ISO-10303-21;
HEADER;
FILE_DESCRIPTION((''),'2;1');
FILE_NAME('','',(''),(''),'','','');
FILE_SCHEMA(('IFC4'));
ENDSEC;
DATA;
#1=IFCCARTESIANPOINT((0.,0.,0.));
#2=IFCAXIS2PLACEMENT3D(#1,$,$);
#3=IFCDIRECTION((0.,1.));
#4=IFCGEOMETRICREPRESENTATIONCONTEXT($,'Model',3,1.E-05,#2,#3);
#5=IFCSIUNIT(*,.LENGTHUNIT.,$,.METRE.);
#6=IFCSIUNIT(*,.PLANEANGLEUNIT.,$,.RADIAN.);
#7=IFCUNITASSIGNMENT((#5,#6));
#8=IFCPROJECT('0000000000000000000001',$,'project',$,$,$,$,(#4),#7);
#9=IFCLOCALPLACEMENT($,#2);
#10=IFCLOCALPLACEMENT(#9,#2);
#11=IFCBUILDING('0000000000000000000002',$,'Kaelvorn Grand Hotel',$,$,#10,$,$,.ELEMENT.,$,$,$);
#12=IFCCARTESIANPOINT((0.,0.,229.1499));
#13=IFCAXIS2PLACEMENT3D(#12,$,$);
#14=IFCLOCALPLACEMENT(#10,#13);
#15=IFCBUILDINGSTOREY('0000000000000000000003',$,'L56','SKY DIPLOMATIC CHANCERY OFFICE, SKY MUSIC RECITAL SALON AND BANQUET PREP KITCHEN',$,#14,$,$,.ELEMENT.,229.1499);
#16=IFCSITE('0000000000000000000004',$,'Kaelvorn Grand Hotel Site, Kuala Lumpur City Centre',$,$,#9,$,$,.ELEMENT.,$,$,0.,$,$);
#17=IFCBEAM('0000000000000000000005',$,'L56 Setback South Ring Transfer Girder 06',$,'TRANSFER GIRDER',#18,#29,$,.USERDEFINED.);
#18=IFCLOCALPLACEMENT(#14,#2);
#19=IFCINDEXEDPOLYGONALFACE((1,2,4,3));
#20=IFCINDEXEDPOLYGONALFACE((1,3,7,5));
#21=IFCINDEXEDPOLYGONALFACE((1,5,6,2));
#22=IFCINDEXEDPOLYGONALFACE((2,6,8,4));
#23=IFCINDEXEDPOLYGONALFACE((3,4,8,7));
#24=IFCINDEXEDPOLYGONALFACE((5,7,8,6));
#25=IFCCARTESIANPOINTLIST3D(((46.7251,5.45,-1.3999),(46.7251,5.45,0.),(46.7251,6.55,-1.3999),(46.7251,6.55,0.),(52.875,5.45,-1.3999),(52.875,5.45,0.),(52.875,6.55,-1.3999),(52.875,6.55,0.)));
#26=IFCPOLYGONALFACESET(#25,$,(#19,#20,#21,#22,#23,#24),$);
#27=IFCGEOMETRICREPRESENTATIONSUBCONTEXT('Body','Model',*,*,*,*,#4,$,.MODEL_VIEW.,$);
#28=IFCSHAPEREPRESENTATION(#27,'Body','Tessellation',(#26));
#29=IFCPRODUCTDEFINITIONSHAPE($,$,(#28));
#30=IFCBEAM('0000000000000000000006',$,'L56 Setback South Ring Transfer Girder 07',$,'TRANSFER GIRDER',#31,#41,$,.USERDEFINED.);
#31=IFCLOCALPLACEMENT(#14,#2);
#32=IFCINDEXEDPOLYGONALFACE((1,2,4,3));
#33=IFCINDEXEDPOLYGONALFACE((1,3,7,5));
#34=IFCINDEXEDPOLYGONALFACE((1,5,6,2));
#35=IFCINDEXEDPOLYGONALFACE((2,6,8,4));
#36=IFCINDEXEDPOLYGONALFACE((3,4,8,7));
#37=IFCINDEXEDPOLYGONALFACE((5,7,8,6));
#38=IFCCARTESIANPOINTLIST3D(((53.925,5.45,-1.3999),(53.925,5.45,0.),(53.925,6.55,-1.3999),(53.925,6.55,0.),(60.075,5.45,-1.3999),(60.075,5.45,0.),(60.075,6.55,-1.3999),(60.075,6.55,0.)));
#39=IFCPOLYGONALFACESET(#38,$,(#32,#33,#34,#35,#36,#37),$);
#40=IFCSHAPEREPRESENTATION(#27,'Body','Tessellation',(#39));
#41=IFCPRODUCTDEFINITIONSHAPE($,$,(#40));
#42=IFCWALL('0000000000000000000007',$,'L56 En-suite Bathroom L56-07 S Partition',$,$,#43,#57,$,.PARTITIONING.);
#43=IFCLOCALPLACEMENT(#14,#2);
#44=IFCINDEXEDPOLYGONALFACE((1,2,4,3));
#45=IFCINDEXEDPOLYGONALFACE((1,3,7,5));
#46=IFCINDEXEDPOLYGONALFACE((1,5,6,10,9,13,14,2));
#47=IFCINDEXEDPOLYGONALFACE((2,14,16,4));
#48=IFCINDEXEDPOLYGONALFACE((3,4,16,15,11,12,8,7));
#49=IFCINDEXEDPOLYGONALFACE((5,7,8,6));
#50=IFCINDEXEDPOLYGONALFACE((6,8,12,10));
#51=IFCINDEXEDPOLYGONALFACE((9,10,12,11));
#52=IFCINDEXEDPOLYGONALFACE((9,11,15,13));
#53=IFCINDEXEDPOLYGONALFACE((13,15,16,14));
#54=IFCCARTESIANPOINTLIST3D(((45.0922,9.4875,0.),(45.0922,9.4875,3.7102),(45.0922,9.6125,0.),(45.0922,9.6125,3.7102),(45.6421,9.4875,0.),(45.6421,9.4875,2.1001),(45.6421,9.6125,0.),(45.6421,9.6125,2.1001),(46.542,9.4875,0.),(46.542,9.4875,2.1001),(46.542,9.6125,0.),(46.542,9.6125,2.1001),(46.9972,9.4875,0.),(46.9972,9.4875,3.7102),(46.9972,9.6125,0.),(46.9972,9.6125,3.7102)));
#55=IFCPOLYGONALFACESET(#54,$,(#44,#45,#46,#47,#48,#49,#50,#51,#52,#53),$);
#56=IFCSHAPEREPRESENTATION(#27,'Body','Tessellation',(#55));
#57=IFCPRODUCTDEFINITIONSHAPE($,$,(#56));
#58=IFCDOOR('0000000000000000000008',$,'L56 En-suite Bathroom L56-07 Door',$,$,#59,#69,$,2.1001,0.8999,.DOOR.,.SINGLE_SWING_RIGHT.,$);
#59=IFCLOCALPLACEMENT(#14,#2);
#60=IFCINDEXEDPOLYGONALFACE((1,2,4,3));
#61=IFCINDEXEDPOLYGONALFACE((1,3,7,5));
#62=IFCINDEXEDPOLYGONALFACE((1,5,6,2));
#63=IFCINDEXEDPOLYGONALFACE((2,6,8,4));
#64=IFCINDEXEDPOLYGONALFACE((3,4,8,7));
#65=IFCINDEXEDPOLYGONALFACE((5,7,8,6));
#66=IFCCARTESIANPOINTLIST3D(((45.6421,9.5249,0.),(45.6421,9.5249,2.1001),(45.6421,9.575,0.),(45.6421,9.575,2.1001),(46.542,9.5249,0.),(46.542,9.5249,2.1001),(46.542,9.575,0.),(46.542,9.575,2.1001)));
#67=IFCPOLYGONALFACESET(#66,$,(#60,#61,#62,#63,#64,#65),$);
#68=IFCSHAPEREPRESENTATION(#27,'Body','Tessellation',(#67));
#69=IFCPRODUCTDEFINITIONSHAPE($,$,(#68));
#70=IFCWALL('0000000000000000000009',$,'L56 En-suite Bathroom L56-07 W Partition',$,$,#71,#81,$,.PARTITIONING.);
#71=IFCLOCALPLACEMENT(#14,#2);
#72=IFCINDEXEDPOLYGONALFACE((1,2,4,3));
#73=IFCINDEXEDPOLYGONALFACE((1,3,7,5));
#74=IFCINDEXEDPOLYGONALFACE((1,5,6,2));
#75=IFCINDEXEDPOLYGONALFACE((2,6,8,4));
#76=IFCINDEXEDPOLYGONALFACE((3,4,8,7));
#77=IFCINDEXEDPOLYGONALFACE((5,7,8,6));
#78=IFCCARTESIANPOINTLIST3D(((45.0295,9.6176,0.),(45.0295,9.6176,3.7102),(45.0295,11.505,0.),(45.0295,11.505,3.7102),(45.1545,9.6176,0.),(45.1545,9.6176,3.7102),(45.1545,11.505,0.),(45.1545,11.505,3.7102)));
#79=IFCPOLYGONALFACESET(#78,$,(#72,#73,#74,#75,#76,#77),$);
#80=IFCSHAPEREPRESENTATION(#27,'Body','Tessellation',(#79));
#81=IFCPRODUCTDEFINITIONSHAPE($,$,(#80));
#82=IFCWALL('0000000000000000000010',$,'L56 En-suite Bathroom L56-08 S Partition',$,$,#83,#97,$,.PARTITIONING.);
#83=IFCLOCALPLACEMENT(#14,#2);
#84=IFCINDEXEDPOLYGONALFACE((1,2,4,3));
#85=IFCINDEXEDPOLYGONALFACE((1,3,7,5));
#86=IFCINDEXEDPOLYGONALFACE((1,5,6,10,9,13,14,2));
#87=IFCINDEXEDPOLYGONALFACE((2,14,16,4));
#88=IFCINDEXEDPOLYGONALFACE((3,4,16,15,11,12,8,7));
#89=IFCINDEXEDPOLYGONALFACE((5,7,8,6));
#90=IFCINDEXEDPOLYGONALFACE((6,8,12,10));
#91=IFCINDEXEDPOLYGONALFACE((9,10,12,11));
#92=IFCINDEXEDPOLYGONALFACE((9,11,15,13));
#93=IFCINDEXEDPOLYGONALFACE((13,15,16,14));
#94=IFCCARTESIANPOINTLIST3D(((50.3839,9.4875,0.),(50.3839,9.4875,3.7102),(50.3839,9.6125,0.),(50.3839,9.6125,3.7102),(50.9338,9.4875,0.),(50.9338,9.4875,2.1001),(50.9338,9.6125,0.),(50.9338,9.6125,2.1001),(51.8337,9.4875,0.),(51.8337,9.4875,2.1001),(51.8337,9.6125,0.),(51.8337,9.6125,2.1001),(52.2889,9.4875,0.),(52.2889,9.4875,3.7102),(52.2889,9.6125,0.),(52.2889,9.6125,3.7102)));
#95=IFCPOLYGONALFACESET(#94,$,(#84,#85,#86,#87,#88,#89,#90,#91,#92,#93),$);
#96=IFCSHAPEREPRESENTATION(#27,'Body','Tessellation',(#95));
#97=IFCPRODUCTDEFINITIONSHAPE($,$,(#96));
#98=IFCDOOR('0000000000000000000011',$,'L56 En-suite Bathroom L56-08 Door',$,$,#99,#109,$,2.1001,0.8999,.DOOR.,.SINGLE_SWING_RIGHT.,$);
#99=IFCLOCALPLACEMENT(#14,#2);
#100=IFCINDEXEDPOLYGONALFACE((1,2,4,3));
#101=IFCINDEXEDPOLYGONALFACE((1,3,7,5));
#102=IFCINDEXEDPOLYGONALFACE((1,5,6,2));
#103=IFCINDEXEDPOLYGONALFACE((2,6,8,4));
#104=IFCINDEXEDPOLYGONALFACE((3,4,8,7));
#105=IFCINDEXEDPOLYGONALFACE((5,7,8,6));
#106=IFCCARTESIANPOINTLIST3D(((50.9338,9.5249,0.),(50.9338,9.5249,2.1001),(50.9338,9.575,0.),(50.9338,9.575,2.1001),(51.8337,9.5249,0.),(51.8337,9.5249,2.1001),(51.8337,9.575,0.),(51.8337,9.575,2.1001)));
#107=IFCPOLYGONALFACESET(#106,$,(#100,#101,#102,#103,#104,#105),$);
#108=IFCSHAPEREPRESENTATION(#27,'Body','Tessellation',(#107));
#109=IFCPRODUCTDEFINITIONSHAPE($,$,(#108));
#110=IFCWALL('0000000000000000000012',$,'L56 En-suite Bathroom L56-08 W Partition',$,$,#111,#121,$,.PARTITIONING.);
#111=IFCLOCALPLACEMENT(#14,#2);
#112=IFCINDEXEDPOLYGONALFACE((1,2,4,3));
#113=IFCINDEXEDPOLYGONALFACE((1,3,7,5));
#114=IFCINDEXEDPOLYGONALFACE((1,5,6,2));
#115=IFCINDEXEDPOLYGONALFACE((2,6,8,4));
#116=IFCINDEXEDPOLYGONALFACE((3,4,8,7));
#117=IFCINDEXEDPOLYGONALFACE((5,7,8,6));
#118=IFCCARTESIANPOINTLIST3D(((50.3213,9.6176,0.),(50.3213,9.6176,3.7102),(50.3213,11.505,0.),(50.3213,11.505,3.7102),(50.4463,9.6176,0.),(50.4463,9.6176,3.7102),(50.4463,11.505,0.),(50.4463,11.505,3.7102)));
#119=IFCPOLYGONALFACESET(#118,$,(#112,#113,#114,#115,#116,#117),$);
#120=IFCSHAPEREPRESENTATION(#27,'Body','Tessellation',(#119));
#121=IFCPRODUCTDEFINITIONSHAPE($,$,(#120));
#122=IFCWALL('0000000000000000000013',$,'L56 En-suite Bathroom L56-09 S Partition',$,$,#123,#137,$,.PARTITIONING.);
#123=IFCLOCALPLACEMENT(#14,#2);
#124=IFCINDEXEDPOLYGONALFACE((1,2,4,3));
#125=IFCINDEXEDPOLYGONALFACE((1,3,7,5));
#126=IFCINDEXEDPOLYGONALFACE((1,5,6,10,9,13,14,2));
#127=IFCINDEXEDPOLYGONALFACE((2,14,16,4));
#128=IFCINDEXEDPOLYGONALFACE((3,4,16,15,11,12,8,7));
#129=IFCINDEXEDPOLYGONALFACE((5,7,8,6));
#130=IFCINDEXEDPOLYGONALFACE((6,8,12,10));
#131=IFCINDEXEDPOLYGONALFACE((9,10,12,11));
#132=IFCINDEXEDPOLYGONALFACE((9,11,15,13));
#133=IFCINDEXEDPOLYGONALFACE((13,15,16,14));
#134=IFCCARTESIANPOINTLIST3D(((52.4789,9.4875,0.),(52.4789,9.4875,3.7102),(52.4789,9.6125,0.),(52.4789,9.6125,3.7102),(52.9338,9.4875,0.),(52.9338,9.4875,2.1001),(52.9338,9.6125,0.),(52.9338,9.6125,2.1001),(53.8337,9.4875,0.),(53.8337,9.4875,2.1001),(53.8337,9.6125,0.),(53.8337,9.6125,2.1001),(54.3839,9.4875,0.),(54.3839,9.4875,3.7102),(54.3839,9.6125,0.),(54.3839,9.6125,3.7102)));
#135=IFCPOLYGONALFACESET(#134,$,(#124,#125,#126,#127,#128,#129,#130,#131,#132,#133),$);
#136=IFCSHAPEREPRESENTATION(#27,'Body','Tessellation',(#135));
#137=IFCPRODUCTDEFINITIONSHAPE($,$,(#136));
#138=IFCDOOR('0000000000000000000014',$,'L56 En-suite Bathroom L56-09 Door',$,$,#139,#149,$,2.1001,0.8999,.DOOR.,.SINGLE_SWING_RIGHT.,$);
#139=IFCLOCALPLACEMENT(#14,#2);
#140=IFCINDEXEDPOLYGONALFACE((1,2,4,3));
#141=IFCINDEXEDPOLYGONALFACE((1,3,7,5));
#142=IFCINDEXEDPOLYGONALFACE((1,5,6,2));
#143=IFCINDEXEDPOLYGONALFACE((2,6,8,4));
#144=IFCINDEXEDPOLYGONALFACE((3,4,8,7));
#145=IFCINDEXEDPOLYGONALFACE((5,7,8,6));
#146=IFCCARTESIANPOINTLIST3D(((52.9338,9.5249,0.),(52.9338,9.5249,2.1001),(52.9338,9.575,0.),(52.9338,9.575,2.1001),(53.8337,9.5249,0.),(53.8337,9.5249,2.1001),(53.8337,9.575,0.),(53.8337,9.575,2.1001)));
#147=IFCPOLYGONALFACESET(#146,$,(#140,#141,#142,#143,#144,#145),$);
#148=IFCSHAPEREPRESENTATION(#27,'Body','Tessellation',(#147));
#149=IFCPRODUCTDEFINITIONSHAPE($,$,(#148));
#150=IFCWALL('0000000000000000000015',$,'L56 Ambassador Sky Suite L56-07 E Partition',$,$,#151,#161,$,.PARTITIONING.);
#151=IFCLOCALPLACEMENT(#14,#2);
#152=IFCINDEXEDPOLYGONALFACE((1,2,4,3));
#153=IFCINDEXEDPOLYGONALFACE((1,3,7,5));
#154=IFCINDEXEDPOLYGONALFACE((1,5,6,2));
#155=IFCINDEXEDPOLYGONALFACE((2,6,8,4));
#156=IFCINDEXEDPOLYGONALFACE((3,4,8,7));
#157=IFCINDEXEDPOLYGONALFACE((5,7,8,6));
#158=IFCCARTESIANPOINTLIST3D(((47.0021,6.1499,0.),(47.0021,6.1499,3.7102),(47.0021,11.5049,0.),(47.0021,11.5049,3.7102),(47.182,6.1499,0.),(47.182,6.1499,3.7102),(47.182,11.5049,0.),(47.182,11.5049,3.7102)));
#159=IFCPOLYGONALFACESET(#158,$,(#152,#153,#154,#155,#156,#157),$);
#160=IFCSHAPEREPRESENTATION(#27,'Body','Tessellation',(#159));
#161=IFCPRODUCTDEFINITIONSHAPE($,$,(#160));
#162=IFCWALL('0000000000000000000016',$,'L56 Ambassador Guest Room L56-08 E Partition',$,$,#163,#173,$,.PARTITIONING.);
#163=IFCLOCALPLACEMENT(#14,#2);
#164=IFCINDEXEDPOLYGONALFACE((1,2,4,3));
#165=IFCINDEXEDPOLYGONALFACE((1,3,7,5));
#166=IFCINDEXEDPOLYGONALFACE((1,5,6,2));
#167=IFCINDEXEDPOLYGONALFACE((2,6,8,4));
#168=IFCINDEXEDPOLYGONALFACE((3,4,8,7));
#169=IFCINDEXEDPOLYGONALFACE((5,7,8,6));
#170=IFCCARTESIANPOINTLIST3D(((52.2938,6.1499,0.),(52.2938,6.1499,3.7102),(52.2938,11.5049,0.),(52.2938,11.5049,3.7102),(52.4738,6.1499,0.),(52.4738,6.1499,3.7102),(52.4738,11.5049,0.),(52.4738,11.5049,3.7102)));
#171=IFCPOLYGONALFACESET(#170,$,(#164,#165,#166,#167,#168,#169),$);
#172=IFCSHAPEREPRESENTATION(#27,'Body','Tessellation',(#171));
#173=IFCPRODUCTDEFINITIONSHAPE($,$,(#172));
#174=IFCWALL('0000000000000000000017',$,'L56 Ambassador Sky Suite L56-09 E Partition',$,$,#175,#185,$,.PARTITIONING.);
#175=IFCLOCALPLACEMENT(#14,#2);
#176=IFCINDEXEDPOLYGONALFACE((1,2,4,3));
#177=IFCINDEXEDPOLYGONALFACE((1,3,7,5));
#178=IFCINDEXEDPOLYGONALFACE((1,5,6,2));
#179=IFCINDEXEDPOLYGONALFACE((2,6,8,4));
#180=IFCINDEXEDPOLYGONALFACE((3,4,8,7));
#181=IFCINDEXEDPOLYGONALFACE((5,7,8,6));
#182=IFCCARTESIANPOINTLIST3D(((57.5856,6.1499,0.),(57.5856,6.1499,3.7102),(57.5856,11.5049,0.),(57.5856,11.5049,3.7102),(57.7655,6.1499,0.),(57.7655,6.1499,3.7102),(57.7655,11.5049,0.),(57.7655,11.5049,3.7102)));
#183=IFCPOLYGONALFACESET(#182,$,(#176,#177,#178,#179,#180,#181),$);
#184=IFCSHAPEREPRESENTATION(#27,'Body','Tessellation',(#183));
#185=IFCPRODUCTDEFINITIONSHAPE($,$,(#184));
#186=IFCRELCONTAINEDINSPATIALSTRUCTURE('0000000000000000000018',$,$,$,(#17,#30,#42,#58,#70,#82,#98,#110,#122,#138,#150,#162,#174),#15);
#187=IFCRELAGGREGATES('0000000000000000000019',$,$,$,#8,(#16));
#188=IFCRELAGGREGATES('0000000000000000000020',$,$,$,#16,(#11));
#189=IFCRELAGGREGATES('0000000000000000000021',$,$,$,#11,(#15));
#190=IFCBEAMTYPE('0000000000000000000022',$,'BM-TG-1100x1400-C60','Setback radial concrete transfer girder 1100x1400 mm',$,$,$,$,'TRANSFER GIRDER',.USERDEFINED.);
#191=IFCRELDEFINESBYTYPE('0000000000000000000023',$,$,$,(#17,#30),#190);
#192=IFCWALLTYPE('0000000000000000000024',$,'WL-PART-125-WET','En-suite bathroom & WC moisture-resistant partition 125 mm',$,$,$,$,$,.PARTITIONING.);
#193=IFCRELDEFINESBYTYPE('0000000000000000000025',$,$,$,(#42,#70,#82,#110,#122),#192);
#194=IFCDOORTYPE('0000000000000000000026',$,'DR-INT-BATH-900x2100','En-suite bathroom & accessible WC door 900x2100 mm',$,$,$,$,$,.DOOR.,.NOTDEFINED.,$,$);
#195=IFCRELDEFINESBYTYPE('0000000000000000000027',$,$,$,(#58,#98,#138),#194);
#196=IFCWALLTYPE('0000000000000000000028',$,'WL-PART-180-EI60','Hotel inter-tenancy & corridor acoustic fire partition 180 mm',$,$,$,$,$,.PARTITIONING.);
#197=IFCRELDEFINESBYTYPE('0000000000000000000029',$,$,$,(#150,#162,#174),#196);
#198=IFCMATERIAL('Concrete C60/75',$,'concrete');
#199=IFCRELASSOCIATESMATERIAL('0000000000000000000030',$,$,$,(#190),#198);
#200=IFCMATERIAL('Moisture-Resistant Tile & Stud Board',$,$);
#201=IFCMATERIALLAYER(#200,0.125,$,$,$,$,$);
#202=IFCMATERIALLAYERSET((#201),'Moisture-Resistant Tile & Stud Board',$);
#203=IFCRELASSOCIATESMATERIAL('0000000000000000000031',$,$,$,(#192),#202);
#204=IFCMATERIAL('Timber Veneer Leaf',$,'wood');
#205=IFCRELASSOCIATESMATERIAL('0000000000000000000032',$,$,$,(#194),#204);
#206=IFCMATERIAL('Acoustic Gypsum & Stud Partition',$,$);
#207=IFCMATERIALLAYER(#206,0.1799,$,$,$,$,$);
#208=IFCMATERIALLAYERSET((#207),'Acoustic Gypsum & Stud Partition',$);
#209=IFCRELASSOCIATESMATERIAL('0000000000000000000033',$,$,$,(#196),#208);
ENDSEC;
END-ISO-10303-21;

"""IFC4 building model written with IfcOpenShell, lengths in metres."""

from ifc_helpers import new_model, si_unit, direction, frame, frame_2d, origin, origin_2d, place, context, subcontext, project, spatial, rectangle, extrude, material, layer, layer_set, material_profile, profile_set, type_object, element, fill, save


model = new_model("IFC4")

# Units and contexts
model_context = context("Model", 3, precision=1e-05, world=origin(), true_north=direction((0.0, 1.0)))
body_context = subcontext(model_context, "Body", "Model", "MODEL_VIEW")
ifc_project = project(units=[si_unit("LENGTHUNIT", "METRE"), si_unit("PLANEANGLEUNIT", "RADIAN")], contexts=[model_context])

# Site, building, storey
site_placement = place(None, origin())
site = spatial("IfcSite", under=ifc_project, at=site_placement, Name="Kaelvorn Grand Hotel Site, Kuala Lumpur City Centre", CompositionType="ELEMENT", RefElevation=0.0)
building_placement = place(site_placement, origin())
building = spatial("IfcBuilding", under=site, at=building_placement, Name="Kaelvorn Grand Hotel", CompositionType="ELEMENT")
storey_placement = place(building_placement, frame((0.0, 0.0, 229.1499)))
storey = spatial("IfcBuildingStorey", under=building, at=storey_placement, Name="L56", Description="SKY DIPLOMATIC CHANCERY OFFICE, SKY MUSIC RECITAL SALON AND BANQUET PREP KITCHEN", CompositionType="ELEMENT", Elevation=229.1499)

# Beams
ifc_material_1 = material(Name="Concrete C60/75", Category="concrete")
ifc_material_profile_1 = material_profile(ifc_material_1, rectangle(XDim=1.1001, YDim=1.3999, at=origin_2d()), Name="RC TG 1100x1400")
ifc_profile_set_1 = profile_set([ifc_material_profile_1], Name="Concrete C60/75")
beam_type_1 = type_object("IfcBeamType", Name="BM-TG-1100x1400-C60", Description="Setback radial concrete transfer girder 1100x1400 mm", ElementType="TRANSFER GIRDER", PredefinedType="USERDEFINED", material=ifc_profile_set_1)
for number, where, z_axis, x_axis, name in (
    (1, (46.7251, 6.0, -0.7), (1.0, 0.0, 0.0), (0.0, 1.0, 0.0), "L56 Setback South Ring Transfer Girder 06"),
    (2, (53.925, 6.0, -0.7), (1.0, 0.0, 0.0), (0.0, 1.0, 0.0), "L56 Setback South Ring Transfer Girder 07"),
):
    element("IfcBeam", number, at=place(storey_placement, frame(where, z_axis=z_axis, x_axis=x_axis)), inside=storey, type_object=beam_type_1, Name=name, ObjectType="TRANSFER GIRDER", PredefinedType="USERDEFINED", context=body_context, shape_type="SweptSolid", body=[
        extrude(rectangle(XDim=1.1001, YDim=1.3999, at=origin_2d()), origin(), (0.0, 0.0, 1.0), 6.1499),
    ])

# Wall, opening, door
ifc_material_2 = material(Name="Moisture-Resistant Tile & Stud Board")
ifc_layer_1 = layer(ifc_material_2, 0.125)
ifc_layer_set_1 = layer_set([ifc_layer_1], Name="Moisture-Resistant Tile & Stud Board")
wall_type_1 = type_object("IfcWallType", Name="WL-PART-125-WET", Description="En-suite bathroom & WC moisture-resistant partition 125 mm", PredefinedType="PARTITIONING", material=ifc_layer_set_1)
wall_1_placement = place(storey_placement, frame((45.092, 9.55, 0.0), z_axis=(0.0, 0.0, 1.0), x_axis=(1.0, 0.0, 0.0)))
wall_1 = element("IfcWall", 3, at=wall_1_placement, inside=storey, type_object=wall_type_1, Name="L56 En-suite Bathroom L56-07 S Partition", PredefinedType="PARTITIONING", context=body_context, shape_type="SweptSolid", body=[
    extrude(rectangle(XDim=1.905, YDim=0.125, at=frame_2d((0.9526, 0.0))), origin(), (0.0, 0.0, 1.0), 3.7102),
])
opening_1_placement = place(wall_1_placement, frame((0.55, 0.0, 0.0)))
opening_1 = element("IfcOpeningElement", 4, at=opening_1_placement, cuts=wall_1, PredefinedType="OPENING", context=body_context, shape_type="SweptSolid", body=[
    extrude(rectangle(XDim=0.8999, YDim=2.1001, at=frame_2d((0.45, 1.05))), frame((0.0, 0.0725, 0.0), z_axis=(0.0, -1.0, 0.0), x_axis=(1.0, 0.0, 0.0)), (0.0, 0.0, 1.0), 0.145),
])
ifc_material_3 = material(Name="Timber Veneer Leaf", Category="wood")
door_type = type_object("IfcDoorType", Name="DR-INT-BATH-900x2100", Description="En-suite bathroom & accessible WC door 900x2100 mm", OperationType="NOTDEFINED", PredefinedType="DOOR", material=ifc_material_3)
door_1_placement = place(opening_1_placement, origin())
door_1 = element("IfcDoor", 5, at=door_1_placement, inside=storey, type_object=door_type, Name="L56 En-suite Bathroom L56-07 Door", OperationType="SINGLE_SWING_RIGHT", OverallHeight=2.1001, OverallWidth=0.8999, PredefinedType="DOOR", context=body_context, shape_type="SweptSolid", body=[
    extrude(rectangle(XDim=0.8999, YDim=2.1001, at=frame_2d((0.45, 1.05))), frame((0.0, 0.0249, 0.0), z_axis=(0.0, -1.0, 0.0), x_axis=(1.0, 0.0, 0.0)), (0.0, 0.0, 1.0), 0.05),
])
fill(opening_1, door_1)

# Wall
wall_2_placement = place(storey_placement, frame((45.092, 9.6174, 0.0), z_axis=(0.0, 0.0, 1.0), x_axis=(0.0, 1.0, 0.0)))
element("IfcWall", 6, at=wall_2_placement, inside=storey, type_object=wall_type_1, Name="L56 En-suite Bathroom L56-07 W Partition", PredefinedType="PARTITIONING", context=body_context, shape_type="SweptSolid", body=[
    extrude(rectangle(XDim=1.8875, YDim=0.125, at=frame_2d((0.9438, 0.0))), origin(), (0.0, 0.0, 1.0), 3.7102),
])

# Wall, opening, door
wall_3_placement = place(storey_placement, frame((50.3838, 9.55, 0.0), z_axis=(0.0, 0.0, 1.0), x_axis=(1.0, 0.0, 0.0)))
wall_3 = element("IfcWall", 7, at=wall_3_placement, inside=storey, type_object=wall_type_1, Name="L56 En-suite Bathroom L56-08 S Partition", PredefinedType="PARTITIONING", context=body_context, shape_type="SweptSolid", body=[
    extrude(rectangle(XDim=1.905, YDim=0.125, at=frame_2d((0.9526, 0.0))), origin(), (0.0, 0.0, 1.0), 3.7102),
])
opening_2_placement = place(wall_3_placement, frame((0.55, 0.0, 0.0)))
opening_2 = element("IfcOpeningElement", 8, at=opening_2_placement, cuts=wall_3, PredefinedType="OPENING", context=body_context, shape_type="SweptSolid", body=[
    extrude(rectangle(XDim=0.8999, YDim=2.1001, at=frame_2d((0.45, 1.05))), frame((0.0, 0.0725, 0.0), z_axis=(0.0, -1.0, 0.0), x_axis=(1.0, 0.0, 0.0)), (0.0, 0.0, 1.0), 0.145),
])
door_2_placement = place(opening_2_placement, origin())
door_2 = element("IfcDoor", 9, at=door_2_placement, inside=storey, type_object=door_type, Name="L56 En-suite Bathroom L56-08 Door", OperationType="SINGLE_SWING_RIGHT", OverallHeight=2.1001, OverallWidth=0.8999, PredefinedType="DOOR", context=body_context, shape_type="SweptSolid", body=[
    extrude(rectangle(XDim=0.8999, YDim=2.1001, at=frame_2d((0.45, 1.05))), frame((0.0, 0.0249, 0.0), z_axis=(0.0, -1.0, 0.0), x_axis=(1.0, 0.0, 0.0)), (0.0, 0.0, 1.0), 0.05),
])
fill(opening_2, door_2)

# Wall
wall_4_placement = place(storey_placement, frame((50.3838, 9.6174, 0.0), z_axis=(0.0, 0.0, 1.0), x_axis=(0.0, 1.0, 0.0)))
element("IfcWall", 10, at=wall_4_placement, inside=storey, type_object=wall_type_1, Name="L56 En-suite Bathroom L56-08 W Partition", PredefinedType="PARTITIONING", context=body_context, shape_type="SweptSolid", body=[
    extrude(rectangle(XDim=1.8875, YDim=0.125, at=frame_2d((0.9438, 0.0))), origin(), (0.0, 0.0, 1.0), 3.7102),
])

# Wall, opening, door
wall_5_placement = place(storey_placement, frame((52.4788, 9.55, 0.0), z_axis=(0.0, 0.0, 1.0), x_axis=(1.0, 0.0, 0.0)))
wall_5 = element("IfcWall", 11, at=wall_5_placement, inside=storey, type_object=wall_type_1, Name="L56 En-suite Bathroom L56-09 S Partition", PredefinedType="PARTITIONING", context=body_context, shape_type="SweptSolid", body=[
    extrude(rectangle(XDim=1.905, YDim=0.125, at=frame_2d((0.9526, 0.0))), origin(), (0.0, 0.0, 1.0), 3.7102),
])
opening_3_placement = place(wall_5_placement, frame((0.4551, 0.0, 0.0)))
opening_3 = element("IfcOpeningElement", 12, at=opening_3_placement, cuts=wall_5, PredefinedType="OPENING", context=body_context, shape_type="SweptSolid", body=[
    extrude(rectangle(XDim=0.8999, YDim=2.1001, at=frame_2d((0.45, 1.05))), frame((0.0, 0.0725, 0.0), z_axis=(0.0, -1.0, 0.0), x_axis=(1.0, 0.0, 0.0)), (0.0, 0.0, 1.0), 0.145),
])
door_3_placement = place(opening_3_placement, origin())
door_3 = element("IfcDoor", 13, at=door_3_placement, inside=storey, type_object=door_type, Name="L56 En-suite Bathroom L56-09 Door", OperationType="SINGLE_SWING_RIGHT", OverallHeight=2.1001, OverallWidth=0.8999, PredefinedType="DOOR", context=body_context, shape_type="SweptSolid", body=[
    extrude(rectangle(XDim=0.8999, YDim=2.1001, at=frame_2d((0.45, 1.05))), frame((0.0, 0.0249, 0.0), z_axis=(0.0, -1.0, 0.0), x_axis=(1.0, 0.0, 0.0)), (0.0, 0.0, 1.0), 0.05),
])
fill(opening_3, door_3)

# Walls
ifc_material_4 = material(Name="Acoustic Gypsum & Stud Partition")
ifc_layer_2 = layer(ifc_material_4, 0.1799)
ifc_layer_set_2 = layer_set([ifc_layer_2], Name="Acoustic Gypsum & Stud Partition")
wall_type_2 = type_object("IfcWallType", Name="WL-PART-180-EI60", Description="Hotel inter-tenancy & corridor acoustic fire partition 180 mm", PredefinedType="PARTITIONING", material=ifc_layer_set_2)
for number, where, z_axis, x_axis, name in (
    (14, (47.092, 6.1499, 0.0), (0.0, 0.0, 1.0), (0.0, 1.0, 0.0), "L56 Ambassador Sky Suite L56-07 E Partition"),
    (15, (52.3838, 6.1499, 0.0), (0.0, 0.0, 1.0), (0.0, 1.0, 0.0), "L56 Ambassador Guest Room L56-08 E Partition"),
    (16, (57.6755, 6.1499, 0.0), (0.0, 0.0, 1.0), (0.0, 1.0, 0.0), "L56 Ambassador Sky Suite L56-09 E Partition"),
):
    element("IfcWall", number, at=place(storey_placement, frame(where, z_axis=z_axis, x_axis=x_axis)), inside=storey, type_object=wall_type_2, Name=name, PredefinedType="PARTITIONING", context=body_context, shape_type="SweptSolid", body=[
        extrude(rectangle(XDim=5.355, YDim=0.1799, at=frame_2d((2.6775, 0.0))), origin(), (0.0, 0.0, 1.0), 3.7102),
    ])

save(model, "model.ifc")
